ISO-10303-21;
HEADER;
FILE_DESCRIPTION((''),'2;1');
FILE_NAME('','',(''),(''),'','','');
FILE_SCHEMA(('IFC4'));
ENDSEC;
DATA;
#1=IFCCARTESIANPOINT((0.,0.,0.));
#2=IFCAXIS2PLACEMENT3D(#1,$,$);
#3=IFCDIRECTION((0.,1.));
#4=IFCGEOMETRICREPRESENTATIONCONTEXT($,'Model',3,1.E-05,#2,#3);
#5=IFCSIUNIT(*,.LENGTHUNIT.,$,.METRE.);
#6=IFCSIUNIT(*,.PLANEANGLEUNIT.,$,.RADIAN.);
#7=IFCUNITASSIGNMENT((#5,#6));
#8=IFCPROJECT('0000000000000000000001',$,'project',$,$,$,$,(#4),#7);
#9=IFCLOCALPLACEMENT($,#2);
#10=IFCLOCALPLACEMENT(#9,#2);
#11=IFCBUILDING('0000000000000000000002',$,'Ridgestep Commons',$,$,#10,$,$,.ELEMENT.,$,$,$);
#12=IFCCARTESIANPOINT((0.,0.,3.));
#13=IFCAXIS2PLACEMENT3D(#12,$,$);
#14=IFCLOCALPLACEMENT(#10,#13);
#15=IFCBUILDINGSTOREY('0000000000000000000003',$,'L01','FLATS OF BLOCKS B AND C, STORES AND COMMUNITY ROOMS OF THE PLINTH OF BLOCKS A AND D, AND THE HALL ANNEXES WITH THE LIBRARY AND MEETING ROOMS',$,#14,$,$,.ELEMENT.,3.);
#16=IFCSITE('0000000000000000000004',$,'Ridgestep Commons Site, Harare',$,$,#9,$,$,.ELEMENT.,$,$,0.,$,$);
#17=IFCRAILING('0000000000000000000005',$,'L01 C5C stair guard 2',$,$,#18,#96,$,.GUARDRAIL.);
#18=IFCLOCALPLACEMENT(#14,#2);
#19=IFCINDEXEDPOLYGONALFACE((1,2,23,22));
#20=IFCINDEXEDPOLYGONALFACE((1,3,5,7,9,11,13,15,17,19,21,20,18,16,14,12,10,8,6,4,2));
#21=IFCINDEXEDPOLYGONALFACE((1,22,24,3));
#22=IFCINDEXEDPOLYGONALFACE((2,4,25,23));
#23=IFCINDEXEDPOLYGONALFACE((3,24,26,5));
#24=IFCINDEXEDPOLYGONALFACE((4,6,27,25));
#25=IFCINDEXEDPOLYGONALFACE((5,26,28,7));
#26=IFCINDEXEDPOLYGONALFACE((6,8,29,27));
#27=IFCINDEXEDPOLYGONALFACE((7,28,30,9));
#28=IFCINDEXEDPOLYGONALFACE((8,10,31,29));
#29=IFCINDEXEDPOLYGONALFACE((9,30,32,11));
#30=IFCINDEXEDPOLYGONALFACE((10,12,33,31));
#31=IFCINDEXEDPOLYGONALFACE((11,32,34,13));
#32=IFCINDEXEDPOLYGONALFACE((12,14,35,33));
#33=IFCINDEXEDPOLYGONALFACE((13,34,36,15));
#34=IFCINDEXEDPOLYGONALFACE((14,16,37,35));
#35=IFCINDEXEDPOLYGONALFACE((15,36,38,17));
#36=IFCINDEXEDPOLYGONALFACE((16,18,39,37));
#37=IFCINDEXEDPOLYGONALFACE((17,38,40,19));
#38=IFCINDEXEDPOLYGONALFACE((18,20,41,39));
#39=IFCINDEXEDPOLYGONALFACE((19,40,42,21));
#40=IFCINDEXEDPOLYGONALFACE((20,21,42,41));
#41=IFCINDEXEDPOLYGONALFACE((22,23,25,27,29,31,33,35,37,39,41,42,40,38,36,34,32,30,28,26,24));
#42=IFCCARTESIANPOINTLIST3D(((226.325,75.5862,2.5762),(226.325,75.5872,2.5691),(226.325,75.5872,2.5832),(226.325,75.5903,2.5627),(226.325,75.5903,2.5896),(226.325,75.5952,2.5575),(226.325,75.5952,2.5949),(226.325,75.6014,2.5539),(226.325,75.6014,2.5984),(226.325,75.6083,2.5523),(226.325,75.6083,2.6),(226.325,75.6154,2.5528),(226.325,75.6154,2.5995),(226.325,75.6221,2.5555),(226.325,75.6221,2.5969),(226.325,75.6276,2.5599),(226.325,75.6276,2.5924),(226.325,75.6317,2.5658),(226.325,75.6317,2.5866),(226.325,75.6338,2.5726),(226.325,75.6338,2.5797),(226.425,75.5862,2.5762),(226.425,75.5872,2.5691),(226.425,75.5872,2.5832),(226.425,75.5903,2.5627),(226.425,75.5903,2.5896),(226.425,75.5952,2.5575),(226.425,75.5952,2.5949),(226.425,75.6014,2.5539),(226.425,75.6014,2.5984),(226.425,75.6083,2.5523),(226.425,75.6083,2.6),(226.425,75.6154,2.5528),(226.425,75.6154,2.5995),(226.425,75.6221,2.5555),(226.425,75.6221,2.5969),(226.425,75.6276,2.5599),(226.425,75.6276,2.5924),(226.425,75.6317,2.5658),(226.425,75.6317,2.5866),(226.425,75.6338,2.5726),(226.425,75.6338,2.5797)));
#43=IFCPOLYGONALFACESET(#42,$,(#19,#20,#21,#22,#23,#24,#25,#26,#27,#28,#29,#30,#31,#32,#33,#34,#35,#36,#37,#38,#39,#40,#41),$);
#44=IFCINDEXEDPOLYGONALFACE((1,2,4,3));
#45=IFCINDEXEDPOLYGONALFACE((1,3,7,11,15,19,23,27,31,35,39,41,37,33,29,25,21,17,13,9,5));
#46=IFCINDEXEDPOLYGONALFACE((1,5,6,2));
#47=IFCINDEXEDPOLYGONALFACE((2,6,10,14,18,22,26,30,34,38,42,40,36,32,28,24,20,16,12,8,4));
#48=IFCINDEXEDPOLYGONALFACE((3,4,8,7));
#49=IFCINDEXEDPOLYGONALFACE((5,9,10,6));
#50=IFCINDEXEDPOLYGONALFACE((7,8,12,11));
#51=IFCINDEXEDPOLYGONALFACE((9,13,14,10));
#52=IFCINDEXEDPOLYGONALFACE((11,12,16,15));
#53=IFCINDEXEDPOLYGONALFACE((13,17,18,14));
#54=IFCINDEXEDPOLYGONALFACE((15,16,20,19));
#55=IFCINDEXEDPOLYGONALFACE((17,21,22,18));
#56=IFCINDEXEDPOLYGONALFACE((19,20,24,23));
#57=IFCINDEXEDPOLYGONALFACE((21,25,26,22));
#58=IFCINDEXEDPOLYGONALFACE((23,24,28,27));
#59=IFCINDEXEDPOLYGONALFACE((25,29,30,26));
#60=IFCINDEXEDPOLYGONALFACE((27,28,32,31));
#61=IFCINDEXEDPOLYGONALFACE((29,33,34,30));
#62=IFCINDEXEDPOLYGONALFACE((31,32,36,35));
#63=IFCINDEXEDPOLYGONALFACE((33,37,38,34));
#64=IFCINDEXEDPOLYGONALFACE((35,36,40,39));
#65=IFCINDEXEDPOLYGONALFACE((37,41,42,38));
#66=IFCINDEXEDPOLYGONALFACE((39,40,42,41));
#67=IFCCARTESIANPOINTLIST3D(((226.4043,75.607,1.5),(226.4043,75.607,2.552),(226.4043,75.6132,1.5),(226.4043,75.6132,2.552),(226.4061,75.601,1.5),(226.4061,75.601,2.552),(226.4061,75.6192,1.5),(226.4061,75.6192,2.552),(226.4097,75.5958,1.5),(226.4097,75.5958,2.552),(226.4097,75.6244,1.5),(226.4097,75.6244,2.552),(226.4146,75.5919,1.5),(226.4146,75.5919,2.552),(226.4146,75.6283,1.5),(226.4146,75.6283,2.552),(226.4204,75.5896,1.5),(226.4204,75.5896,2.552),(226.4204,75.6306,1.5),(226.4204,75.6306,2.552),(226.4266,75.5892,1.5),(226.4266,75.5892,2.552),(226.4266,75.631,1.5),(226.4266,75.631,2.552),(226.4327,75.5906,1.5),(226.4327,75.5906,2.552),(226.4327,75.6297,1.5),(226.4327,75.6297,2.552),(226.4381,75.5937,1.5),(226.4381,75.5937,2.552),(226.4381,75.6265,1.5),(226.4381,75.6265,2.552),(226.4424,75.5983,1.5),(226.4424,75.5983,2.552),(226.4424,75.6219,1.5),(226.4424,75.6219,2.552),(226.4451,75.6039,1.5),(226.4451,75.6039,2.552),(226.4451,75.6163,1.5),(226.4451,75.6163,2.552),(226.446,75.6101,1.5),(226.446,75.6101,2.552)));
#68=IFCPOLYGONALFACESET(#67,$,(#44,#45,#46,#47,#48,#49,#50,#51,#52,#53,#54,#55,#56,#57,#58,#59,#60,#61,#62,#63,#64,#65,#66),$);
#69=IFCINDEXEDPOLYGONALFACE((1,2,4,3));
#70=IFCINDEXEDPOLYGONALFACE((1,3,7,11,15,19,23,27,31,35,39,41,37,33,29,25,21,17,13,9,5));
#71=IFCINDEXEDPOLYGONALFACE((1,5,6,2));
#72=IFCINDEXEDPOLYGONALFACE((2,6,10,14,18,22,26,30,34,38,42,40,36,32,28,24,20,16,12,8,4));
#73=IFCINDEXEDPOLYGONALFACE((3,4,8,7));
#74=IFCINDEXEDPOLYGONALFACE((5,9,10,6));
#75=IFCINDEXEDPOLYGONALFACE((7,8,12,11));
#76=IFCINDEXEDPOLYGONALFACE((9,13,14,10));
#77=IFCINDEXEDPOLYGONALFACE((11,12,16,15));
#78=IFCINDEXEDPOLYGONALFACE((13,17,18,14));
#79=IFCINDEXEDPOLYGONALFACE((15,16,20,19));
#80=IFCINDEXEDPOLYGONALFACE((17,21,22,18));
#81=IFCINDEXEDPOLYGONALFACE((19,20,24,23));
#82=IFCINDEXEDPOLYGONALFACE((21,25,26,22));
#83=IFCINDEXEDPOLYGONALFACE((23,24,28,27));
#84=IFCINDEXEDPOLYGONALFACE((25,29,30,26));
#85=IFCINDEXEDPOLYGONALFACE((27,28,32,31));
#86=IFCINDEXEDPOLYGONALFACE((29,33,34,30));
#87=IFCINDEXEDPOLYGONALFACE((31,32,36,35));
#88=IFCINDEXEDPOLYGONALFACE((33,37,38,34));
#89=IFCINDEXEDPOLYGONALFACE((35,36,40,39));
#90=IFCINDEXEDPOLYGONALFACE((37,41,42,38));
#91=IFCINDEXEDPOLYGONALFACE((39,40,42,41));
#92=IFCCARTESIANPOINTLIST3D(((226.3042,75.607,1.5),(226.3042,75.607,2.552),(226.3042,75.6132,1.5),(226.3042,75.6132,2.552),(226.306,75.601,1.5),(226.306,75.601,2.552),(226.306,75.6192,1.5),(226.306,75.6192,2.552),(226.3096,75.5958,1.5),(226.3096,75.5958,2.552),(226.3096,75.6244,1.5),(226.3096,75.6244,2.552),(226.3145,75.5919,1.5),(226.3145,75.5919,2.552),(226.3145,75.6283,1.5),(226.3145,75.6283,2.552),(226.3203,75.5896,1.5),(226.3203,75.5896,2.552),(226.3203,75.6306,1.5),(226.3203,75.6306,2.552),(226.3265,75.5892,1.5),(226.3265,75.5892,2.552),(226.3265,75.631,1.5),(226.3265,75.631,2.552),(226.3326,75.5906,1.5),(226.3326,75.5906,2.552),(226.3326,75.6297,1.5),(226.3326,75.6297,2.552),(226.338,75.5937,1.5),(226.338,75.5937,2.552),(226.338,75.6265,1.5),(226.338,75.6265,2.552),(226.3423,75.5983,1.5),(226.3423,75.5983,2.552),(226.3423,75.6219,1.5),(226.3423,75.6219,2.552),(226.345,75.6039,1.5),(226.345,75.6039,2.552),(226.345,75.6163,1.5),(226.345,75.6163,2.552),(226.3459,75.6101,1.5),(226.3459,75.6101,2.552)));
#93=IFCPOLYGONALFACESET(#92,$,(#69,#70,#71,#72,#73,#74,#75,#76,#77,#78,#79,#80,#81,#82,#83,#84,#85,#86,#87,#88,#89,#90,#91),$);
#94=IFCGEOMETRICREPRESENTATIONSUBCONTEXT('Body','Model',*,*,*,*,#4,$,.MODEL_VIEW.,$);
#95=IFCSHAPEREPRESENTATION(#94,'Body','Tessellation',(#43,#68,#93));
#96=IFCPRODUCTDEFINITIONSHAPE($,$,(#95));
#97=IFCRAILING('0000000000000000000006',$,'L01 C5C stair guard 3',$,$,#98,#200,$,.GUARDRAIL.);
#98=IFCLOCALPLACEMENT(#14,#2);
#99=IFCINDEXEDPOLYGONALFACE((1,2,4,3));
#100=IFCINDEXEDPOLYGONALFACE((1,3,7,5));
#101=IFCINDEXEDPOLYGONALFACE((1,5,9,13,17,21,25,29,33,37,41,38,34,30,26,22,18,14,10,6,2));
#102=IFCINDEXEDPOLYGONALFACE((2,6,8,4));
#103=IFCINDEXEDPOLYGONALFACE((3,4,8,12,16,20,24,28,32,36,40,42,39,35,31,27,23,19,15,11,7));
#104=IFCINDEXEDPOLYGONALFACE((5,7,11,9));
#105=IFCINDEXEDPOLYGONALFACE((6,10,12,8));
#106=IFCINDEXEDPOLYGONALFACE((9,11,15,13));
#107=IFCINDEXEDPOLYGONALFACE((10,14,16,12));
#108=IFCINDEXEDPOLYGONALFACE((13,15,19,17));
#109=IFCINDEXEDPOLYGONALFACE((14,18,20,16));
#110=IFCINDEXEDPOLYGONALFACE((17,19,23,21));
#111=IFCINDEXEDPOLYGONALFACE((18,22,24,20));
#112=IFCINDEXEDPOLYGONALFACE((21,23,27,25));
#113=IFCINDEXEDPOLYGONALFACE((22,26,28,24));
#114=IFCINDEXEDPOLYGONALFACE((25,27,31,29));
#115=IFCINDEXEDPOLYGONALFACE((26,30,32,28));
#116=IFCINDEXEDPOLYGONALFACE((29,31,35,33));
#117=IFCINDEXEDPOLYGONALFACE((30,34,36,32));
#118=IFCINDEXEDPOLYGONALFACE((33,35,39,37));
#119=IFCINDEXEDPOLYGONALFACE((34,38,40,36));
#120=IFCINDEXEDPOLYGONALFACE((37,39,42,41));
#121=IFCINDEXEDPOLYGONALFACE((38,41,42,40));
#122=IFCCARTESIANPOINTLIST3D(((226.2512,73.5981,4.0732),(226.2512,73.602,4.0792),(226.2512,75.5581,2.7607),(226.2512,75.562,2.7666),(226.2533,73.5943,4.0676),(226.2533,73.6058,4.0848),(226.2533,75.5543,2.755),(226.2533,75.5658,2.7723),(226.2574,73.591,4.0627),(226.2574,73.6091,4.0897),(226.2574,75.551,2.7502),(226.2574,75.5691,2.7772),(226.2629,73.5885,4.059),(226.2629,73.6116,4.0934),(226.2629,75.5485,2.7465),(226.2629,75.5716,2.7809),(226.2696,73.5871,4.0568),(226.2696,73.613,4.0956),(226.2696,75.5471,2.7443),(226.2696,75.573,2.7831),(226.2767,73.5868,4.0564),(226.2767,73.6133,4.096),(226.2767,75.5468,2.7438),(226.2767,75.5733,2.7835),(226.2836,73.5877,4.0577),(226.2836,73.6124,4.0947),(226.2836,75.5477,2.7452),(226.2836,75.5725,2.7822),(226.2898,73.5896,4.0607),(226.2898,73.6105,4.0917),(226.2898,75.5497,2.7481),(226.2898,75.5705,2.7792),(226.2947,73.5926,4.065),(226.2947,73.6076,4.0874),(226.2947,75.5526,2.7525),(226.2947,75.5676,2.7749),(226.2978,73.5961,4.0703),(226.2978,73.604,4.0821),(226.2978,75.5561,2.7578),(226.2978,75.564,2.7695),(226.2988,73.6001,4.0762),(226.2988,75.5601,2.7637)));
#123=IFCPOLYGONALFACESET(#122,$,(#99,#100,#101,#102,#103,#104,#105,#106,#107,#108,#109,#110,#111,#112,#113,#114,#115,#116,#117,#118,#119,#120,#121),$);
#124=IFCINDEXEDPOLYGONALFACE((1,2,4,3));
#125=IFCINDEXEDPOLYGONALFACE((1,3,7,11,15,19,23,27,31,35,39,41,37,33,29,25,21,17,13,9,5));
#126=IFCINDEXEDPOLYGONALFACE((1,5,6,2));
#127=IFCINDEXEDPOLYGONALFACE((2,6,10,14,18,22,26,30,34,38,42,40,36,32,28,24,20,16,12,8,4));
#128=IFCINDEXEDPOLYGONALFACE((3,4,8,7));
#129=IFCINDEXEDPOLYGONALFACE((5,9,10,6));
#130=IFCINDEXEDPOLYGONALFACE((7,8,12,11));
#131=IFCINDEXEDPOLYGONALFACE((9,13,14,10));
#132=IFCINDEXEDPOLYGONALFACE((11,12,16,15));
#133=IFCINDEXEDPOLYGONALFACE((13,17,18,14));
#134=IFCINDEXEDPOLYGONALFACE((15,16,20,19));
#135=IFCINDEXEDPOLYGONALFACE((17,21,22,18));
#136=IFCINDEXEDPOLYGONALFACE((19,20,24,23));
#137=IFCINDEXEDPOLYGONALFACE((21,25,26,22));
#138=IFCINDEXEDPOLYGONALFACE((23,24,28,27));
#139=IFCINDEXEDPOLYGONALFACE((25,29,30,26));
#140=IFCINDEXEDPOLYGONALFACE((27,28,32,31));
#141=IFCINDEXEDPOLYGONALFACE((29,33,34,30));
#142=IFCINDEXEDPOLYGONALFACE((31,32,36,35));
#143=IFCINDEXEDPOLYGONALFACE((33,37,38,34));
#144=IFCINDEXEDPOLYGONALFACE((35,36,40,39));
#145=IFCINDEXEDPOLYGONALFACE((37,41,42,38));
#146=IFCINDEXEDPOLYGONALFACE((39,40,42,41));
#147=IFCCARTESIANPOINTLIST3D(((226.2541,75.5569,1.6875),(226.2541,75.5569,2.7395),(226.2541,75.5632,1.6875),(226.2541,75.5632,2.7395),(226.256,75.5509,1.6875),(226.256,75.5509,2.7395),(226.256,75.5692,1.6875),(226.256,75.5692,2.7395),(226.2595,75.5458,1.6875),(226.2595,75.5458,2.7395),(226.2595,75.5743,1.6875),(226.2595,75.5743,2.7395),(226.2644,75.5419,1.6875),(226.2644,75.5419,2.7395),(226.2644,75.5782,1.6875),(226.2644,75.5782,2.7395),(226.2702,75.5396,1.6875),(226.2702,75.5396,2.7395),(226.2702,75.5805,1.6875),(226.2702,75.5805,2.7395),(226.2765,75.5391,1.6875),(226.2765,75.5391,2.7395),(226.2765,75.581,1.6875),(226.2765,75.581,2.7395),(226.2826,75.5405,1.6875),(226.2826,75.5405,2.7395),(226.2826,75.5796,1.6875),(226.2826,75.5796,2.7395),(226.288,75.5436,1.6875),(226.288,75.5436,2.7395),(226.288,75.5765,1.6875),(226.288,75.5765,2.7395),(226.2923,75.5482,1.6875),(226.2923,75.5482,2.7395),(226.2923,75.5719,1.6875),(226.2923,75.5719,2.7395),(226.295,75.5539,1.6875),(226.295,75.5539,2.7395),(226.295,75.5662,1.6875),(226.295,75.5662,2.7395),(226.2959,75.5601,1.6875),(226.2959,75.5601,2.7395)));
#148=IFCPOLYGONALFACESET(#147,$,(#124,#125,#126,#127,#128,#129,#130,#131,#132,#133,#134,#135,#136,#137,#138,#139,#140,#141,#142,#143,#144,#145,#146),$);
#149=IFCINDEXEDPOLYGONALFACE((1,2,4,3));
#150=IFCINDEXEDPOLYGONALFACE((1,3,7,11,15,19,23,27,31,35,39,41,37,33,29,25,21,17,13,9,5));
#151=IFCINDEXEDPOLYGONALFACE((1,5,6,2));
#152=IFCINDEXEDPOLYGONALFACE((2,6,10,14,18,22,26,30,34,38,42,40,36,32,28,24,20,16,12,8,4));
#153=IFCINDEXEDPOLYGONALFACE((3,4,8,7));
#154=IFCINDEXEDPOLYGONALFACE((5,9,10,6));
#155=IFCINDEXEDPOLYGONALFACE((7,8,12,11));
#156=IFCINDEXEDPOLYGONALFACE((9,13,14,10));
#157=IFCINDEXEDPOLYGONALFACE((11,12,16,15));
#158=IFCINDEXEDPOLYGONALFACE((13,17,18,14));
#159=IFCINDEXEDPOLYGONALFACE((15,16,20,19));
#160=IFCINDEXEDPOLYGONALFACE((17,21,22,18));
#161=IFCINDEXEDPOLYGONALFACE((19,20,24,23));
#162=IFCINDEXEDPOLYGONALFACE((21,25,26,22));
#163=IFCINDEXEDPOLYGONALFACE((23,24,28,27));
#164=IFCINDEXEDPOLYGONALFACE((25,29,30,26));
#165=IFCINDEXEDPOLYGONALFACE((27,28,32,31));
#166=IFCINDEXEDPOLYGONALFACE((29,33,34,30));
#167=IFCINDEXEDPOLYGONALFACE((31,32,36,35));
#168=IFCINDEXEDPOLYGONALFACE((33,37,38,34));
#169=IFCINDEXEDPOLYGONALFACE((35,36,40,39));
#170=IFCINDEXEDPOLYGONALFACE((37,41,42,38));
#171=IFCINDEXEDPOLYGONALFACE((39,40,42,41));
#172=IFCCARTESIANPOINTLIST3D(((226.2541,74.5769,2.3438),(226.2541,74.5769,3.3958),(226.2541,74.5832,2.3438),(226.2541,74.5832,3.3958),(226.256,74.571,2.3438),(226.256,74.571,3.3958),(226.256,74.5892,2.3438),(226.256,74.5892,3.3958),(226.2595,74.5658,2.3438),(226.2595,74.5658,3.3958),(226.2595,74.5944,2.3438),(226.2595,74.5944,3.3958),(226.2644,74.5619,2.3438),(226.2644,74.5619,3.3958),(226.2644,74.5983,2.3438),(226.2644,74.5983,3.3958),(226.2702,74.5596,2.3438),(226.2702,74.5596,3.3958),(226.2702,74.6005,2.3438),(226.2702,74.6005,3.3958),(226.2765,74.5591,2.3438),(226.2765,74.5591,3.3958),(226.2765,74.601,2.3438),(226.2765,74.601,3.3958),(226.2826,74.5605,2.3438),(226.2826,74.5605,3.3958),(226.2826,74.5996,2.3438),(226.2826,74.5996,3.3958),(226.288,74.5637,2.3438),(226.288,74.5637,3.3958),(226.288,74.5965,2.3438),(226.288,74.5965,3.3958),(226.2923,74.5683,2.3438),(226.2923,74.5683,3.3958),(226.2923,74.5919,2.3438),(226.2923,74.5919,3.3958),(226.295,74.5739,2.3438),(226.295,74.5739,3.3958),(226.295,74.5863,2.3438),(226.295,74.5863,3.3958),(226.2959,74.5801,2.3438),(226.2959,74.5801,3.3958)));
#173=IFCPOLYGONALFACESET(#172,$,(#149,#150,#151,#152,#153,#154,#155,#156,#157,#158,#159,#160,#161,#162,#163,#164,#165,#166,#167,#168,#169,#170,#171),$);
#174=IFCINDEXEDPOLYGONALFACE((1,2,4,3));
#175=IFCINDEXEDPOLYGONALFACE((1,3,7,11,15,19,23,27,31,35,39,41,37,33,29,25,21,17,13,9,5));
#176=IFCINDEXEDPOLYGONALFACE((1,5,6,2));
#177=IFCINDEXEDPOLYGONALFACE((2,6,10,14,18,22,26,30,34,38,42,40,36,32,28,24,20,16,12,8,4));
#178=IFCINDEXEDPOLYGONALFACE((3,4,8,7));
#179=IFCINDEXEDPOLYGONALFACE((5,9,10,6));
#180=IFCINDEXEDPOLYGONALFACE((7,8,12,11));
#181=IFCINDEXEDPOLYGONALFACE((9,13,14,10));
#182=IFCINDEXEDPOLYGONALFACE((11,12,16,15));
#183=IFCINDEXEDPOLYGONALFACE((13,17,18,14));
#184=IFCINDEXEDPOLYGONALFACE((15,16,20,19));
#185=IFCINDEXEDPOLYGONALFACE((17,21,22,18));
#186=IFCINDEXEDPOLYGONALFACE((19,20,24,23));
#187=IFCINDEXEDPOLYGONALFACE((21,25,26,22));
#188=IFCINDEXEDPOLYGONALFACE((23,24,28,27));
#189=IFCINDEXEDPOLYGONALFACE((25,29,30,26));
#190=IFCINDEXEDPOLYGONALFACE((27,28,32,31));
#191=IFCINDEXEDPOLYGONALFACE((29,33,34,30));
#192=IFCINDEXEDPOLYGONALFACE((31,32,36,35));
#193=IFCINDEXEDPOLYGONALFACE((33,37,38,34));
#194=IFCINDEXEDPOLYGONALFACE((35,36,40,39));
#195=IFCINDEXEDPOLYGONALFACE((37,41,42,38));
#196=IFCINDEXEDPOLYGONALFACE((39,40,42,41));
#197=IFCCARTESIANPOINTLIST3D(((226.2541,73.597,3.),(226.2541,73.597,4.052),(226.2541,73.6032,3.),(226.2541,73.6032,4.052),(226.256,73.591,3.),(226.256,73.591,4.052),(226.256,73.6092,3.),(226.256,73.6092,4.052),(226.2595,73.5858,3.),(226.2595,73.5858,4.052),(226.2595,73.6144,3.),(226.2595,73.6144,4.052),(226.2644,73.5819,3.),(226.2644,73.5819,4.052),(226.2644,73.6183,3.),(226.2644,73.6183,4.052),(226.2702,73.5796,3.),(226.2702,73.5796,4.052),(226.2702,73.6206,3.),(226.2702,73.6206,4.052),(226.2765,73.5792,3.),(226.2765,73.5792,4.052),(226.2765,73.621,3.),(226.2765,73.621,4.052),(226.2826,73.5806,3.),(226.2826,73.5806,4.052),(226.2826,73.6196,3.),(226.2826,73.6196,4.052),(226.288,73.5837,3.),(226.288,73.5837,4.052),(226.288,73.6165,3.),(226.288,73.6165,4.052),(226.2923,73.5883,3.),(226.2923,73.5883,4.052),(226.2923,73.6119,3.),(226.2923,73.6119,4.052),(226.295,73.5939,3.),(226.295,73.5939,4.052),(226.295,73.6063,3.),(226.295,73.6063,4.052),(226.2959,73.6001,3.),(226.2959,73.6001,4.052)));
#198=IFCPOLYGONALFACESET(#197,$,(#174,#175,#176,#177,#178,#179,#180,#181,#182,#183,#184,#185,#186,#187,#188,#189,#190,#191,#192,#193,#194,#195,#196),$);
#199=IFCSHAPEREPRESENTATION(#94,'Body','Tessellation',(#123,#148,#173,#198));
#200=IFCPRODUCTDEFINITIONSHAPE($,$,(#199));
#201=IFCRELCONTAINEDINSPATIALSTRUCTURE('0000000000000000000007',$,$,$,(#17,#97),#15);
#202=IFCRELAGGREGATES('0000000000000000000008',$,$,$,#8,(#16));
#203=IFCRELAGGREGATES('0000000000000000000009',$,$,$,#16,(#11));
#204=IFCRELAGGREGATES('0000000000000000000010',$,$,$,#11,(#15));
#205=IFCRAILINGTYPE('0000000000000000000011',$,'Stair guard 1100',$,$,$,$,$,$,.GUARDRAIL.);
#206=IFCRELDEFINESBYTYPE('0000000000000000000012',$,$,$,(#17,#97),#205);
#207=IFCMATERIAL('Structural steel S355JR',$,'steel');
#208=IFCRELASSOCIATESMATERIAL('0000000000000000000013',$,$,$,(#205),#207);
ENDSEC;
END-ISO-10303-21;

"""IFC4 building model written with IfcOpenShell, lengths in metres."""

from ifc_helpers import new_model, si_unit, direction, frame, origin, origin_2d, place, context, subcontext, project, spatial, circle, extrude, material, type_object, element, save


model = new_model("IFC4")

# Units and contexts
model_context = context("Model", 3, precision=1e-05, world=origin(), true_north=direction((0.0, 1.0)))
body_context = subcontext(model_context, "Body", "Model", "MODEL_VIEW")
ifc_project = project(units=[si_unit("LENGTHUNIT", "METRE"), si_unit("PLANEANGLEUNIT", "RADIAN")], contexts=[model_context])

# Site, building, storey
site_placement = place(None, origin())
site = spatial("IfcSite", under=ifc_project, at=site_placement, Name="Ridgestep Commons Site, Harare", CompositionType="ELEMENT", RefElevation=0.0)
building_placement = place(site_placement, origin())
building = spatial("IfcBuilding", under=site, at=building_placement, Name="Ridgestep Commons", CompositionType="ELEMENT")
storey_placement = place(building_placement, frame((0.0, 0.0, 3.0)))
storey = spatial("IfcBuildingStorey", under=building, at=storey_placement, Name="L01", Description="FLATS OF BLOCKS B AND C, STORES AND COMMUNITY ROOMS OF THE PLINTH OF BLOCKS A AND D, AND THE HALL ANNEXES WITH THE LIBRARY AND MEETING ROOMS", CompositionType="ELEMENT", Elevation=3.0)

# Railings
ifc_material_1 = material(Name="Structural steel S355JR", Category="steel")
railing_type_1 = type_object("IfcRailingType", Name="Stair guard 1100", PredefinedType="GUARDRAIL", material=ifc_material_1)
railing_1_placement = place(storey_placement, frame((226.425, 75.6101, 1.5)))
element("IfcRailing", 1, at=railing_1_placement, inside=storey, type_object=railing_type_1, Name="L01 C5C stair guard 2", PredefinedType="GUARDRAIL", context=body_context, shape_type="SweptSolid", body=[
    extrude(circle(Radius=0.0239, at=origin_2d()), frame((0.0, 0.0, 1.0762), z_axis=(-1.0, 0.0, 0.0), x_axis=(0.0, -1.0, 0.0)), (0.0, 0.0, 1.0), 0.1001),
    extrude(circle(Radius=0.021, at=origin_2d()), origin(), (0.0, 0.0, 1.0), 1.052),
    extrude(circle(Radius=0.021, at=origin_2d()), frame((-0.1001, 0.0, 0.0)), (0.0, 0.0, 1.0), 1.052),
])
railing_2_placement = place(storey_placement, frame((226.2749, 75.5601, 1.6875)))
element("IfcRailing", 2, at=railing_2_placement, inside=storey, type_object=railing_type_1, Name="L01 C5C stair guard 3", PredefinedType="GUARDRAIL", context=body_context, shape_type="SweptSolid", body=[
    extrude(circle(Radius=0.0239, at=origin_2d()), frame((0.0, 0.0, 1.0762), z_axis=(0.0, -0.830902, 0.556419), x_axis=(1.0, 0.0, 0.0)), (0.0, 0.0, 1.0), 2.3589),
    extrude(circle(Radius=0.021, at=origin_2d()), origin(), (0.0, 0.0, 1.0), 1.052),
    extrude(circle(Radius=0.021, at=origin_2d()), frame((0.0, -0.98, 0.6562)), (0.0, 0.0, 1.0), 1.052),
    extrude(circle(Radius=0.021, at=origin_2d()), frame((0.0, -1.96, 1.3125)), (0.0, 0.0, 1.0), 1.052),
])

save(model, "model.ifc")
